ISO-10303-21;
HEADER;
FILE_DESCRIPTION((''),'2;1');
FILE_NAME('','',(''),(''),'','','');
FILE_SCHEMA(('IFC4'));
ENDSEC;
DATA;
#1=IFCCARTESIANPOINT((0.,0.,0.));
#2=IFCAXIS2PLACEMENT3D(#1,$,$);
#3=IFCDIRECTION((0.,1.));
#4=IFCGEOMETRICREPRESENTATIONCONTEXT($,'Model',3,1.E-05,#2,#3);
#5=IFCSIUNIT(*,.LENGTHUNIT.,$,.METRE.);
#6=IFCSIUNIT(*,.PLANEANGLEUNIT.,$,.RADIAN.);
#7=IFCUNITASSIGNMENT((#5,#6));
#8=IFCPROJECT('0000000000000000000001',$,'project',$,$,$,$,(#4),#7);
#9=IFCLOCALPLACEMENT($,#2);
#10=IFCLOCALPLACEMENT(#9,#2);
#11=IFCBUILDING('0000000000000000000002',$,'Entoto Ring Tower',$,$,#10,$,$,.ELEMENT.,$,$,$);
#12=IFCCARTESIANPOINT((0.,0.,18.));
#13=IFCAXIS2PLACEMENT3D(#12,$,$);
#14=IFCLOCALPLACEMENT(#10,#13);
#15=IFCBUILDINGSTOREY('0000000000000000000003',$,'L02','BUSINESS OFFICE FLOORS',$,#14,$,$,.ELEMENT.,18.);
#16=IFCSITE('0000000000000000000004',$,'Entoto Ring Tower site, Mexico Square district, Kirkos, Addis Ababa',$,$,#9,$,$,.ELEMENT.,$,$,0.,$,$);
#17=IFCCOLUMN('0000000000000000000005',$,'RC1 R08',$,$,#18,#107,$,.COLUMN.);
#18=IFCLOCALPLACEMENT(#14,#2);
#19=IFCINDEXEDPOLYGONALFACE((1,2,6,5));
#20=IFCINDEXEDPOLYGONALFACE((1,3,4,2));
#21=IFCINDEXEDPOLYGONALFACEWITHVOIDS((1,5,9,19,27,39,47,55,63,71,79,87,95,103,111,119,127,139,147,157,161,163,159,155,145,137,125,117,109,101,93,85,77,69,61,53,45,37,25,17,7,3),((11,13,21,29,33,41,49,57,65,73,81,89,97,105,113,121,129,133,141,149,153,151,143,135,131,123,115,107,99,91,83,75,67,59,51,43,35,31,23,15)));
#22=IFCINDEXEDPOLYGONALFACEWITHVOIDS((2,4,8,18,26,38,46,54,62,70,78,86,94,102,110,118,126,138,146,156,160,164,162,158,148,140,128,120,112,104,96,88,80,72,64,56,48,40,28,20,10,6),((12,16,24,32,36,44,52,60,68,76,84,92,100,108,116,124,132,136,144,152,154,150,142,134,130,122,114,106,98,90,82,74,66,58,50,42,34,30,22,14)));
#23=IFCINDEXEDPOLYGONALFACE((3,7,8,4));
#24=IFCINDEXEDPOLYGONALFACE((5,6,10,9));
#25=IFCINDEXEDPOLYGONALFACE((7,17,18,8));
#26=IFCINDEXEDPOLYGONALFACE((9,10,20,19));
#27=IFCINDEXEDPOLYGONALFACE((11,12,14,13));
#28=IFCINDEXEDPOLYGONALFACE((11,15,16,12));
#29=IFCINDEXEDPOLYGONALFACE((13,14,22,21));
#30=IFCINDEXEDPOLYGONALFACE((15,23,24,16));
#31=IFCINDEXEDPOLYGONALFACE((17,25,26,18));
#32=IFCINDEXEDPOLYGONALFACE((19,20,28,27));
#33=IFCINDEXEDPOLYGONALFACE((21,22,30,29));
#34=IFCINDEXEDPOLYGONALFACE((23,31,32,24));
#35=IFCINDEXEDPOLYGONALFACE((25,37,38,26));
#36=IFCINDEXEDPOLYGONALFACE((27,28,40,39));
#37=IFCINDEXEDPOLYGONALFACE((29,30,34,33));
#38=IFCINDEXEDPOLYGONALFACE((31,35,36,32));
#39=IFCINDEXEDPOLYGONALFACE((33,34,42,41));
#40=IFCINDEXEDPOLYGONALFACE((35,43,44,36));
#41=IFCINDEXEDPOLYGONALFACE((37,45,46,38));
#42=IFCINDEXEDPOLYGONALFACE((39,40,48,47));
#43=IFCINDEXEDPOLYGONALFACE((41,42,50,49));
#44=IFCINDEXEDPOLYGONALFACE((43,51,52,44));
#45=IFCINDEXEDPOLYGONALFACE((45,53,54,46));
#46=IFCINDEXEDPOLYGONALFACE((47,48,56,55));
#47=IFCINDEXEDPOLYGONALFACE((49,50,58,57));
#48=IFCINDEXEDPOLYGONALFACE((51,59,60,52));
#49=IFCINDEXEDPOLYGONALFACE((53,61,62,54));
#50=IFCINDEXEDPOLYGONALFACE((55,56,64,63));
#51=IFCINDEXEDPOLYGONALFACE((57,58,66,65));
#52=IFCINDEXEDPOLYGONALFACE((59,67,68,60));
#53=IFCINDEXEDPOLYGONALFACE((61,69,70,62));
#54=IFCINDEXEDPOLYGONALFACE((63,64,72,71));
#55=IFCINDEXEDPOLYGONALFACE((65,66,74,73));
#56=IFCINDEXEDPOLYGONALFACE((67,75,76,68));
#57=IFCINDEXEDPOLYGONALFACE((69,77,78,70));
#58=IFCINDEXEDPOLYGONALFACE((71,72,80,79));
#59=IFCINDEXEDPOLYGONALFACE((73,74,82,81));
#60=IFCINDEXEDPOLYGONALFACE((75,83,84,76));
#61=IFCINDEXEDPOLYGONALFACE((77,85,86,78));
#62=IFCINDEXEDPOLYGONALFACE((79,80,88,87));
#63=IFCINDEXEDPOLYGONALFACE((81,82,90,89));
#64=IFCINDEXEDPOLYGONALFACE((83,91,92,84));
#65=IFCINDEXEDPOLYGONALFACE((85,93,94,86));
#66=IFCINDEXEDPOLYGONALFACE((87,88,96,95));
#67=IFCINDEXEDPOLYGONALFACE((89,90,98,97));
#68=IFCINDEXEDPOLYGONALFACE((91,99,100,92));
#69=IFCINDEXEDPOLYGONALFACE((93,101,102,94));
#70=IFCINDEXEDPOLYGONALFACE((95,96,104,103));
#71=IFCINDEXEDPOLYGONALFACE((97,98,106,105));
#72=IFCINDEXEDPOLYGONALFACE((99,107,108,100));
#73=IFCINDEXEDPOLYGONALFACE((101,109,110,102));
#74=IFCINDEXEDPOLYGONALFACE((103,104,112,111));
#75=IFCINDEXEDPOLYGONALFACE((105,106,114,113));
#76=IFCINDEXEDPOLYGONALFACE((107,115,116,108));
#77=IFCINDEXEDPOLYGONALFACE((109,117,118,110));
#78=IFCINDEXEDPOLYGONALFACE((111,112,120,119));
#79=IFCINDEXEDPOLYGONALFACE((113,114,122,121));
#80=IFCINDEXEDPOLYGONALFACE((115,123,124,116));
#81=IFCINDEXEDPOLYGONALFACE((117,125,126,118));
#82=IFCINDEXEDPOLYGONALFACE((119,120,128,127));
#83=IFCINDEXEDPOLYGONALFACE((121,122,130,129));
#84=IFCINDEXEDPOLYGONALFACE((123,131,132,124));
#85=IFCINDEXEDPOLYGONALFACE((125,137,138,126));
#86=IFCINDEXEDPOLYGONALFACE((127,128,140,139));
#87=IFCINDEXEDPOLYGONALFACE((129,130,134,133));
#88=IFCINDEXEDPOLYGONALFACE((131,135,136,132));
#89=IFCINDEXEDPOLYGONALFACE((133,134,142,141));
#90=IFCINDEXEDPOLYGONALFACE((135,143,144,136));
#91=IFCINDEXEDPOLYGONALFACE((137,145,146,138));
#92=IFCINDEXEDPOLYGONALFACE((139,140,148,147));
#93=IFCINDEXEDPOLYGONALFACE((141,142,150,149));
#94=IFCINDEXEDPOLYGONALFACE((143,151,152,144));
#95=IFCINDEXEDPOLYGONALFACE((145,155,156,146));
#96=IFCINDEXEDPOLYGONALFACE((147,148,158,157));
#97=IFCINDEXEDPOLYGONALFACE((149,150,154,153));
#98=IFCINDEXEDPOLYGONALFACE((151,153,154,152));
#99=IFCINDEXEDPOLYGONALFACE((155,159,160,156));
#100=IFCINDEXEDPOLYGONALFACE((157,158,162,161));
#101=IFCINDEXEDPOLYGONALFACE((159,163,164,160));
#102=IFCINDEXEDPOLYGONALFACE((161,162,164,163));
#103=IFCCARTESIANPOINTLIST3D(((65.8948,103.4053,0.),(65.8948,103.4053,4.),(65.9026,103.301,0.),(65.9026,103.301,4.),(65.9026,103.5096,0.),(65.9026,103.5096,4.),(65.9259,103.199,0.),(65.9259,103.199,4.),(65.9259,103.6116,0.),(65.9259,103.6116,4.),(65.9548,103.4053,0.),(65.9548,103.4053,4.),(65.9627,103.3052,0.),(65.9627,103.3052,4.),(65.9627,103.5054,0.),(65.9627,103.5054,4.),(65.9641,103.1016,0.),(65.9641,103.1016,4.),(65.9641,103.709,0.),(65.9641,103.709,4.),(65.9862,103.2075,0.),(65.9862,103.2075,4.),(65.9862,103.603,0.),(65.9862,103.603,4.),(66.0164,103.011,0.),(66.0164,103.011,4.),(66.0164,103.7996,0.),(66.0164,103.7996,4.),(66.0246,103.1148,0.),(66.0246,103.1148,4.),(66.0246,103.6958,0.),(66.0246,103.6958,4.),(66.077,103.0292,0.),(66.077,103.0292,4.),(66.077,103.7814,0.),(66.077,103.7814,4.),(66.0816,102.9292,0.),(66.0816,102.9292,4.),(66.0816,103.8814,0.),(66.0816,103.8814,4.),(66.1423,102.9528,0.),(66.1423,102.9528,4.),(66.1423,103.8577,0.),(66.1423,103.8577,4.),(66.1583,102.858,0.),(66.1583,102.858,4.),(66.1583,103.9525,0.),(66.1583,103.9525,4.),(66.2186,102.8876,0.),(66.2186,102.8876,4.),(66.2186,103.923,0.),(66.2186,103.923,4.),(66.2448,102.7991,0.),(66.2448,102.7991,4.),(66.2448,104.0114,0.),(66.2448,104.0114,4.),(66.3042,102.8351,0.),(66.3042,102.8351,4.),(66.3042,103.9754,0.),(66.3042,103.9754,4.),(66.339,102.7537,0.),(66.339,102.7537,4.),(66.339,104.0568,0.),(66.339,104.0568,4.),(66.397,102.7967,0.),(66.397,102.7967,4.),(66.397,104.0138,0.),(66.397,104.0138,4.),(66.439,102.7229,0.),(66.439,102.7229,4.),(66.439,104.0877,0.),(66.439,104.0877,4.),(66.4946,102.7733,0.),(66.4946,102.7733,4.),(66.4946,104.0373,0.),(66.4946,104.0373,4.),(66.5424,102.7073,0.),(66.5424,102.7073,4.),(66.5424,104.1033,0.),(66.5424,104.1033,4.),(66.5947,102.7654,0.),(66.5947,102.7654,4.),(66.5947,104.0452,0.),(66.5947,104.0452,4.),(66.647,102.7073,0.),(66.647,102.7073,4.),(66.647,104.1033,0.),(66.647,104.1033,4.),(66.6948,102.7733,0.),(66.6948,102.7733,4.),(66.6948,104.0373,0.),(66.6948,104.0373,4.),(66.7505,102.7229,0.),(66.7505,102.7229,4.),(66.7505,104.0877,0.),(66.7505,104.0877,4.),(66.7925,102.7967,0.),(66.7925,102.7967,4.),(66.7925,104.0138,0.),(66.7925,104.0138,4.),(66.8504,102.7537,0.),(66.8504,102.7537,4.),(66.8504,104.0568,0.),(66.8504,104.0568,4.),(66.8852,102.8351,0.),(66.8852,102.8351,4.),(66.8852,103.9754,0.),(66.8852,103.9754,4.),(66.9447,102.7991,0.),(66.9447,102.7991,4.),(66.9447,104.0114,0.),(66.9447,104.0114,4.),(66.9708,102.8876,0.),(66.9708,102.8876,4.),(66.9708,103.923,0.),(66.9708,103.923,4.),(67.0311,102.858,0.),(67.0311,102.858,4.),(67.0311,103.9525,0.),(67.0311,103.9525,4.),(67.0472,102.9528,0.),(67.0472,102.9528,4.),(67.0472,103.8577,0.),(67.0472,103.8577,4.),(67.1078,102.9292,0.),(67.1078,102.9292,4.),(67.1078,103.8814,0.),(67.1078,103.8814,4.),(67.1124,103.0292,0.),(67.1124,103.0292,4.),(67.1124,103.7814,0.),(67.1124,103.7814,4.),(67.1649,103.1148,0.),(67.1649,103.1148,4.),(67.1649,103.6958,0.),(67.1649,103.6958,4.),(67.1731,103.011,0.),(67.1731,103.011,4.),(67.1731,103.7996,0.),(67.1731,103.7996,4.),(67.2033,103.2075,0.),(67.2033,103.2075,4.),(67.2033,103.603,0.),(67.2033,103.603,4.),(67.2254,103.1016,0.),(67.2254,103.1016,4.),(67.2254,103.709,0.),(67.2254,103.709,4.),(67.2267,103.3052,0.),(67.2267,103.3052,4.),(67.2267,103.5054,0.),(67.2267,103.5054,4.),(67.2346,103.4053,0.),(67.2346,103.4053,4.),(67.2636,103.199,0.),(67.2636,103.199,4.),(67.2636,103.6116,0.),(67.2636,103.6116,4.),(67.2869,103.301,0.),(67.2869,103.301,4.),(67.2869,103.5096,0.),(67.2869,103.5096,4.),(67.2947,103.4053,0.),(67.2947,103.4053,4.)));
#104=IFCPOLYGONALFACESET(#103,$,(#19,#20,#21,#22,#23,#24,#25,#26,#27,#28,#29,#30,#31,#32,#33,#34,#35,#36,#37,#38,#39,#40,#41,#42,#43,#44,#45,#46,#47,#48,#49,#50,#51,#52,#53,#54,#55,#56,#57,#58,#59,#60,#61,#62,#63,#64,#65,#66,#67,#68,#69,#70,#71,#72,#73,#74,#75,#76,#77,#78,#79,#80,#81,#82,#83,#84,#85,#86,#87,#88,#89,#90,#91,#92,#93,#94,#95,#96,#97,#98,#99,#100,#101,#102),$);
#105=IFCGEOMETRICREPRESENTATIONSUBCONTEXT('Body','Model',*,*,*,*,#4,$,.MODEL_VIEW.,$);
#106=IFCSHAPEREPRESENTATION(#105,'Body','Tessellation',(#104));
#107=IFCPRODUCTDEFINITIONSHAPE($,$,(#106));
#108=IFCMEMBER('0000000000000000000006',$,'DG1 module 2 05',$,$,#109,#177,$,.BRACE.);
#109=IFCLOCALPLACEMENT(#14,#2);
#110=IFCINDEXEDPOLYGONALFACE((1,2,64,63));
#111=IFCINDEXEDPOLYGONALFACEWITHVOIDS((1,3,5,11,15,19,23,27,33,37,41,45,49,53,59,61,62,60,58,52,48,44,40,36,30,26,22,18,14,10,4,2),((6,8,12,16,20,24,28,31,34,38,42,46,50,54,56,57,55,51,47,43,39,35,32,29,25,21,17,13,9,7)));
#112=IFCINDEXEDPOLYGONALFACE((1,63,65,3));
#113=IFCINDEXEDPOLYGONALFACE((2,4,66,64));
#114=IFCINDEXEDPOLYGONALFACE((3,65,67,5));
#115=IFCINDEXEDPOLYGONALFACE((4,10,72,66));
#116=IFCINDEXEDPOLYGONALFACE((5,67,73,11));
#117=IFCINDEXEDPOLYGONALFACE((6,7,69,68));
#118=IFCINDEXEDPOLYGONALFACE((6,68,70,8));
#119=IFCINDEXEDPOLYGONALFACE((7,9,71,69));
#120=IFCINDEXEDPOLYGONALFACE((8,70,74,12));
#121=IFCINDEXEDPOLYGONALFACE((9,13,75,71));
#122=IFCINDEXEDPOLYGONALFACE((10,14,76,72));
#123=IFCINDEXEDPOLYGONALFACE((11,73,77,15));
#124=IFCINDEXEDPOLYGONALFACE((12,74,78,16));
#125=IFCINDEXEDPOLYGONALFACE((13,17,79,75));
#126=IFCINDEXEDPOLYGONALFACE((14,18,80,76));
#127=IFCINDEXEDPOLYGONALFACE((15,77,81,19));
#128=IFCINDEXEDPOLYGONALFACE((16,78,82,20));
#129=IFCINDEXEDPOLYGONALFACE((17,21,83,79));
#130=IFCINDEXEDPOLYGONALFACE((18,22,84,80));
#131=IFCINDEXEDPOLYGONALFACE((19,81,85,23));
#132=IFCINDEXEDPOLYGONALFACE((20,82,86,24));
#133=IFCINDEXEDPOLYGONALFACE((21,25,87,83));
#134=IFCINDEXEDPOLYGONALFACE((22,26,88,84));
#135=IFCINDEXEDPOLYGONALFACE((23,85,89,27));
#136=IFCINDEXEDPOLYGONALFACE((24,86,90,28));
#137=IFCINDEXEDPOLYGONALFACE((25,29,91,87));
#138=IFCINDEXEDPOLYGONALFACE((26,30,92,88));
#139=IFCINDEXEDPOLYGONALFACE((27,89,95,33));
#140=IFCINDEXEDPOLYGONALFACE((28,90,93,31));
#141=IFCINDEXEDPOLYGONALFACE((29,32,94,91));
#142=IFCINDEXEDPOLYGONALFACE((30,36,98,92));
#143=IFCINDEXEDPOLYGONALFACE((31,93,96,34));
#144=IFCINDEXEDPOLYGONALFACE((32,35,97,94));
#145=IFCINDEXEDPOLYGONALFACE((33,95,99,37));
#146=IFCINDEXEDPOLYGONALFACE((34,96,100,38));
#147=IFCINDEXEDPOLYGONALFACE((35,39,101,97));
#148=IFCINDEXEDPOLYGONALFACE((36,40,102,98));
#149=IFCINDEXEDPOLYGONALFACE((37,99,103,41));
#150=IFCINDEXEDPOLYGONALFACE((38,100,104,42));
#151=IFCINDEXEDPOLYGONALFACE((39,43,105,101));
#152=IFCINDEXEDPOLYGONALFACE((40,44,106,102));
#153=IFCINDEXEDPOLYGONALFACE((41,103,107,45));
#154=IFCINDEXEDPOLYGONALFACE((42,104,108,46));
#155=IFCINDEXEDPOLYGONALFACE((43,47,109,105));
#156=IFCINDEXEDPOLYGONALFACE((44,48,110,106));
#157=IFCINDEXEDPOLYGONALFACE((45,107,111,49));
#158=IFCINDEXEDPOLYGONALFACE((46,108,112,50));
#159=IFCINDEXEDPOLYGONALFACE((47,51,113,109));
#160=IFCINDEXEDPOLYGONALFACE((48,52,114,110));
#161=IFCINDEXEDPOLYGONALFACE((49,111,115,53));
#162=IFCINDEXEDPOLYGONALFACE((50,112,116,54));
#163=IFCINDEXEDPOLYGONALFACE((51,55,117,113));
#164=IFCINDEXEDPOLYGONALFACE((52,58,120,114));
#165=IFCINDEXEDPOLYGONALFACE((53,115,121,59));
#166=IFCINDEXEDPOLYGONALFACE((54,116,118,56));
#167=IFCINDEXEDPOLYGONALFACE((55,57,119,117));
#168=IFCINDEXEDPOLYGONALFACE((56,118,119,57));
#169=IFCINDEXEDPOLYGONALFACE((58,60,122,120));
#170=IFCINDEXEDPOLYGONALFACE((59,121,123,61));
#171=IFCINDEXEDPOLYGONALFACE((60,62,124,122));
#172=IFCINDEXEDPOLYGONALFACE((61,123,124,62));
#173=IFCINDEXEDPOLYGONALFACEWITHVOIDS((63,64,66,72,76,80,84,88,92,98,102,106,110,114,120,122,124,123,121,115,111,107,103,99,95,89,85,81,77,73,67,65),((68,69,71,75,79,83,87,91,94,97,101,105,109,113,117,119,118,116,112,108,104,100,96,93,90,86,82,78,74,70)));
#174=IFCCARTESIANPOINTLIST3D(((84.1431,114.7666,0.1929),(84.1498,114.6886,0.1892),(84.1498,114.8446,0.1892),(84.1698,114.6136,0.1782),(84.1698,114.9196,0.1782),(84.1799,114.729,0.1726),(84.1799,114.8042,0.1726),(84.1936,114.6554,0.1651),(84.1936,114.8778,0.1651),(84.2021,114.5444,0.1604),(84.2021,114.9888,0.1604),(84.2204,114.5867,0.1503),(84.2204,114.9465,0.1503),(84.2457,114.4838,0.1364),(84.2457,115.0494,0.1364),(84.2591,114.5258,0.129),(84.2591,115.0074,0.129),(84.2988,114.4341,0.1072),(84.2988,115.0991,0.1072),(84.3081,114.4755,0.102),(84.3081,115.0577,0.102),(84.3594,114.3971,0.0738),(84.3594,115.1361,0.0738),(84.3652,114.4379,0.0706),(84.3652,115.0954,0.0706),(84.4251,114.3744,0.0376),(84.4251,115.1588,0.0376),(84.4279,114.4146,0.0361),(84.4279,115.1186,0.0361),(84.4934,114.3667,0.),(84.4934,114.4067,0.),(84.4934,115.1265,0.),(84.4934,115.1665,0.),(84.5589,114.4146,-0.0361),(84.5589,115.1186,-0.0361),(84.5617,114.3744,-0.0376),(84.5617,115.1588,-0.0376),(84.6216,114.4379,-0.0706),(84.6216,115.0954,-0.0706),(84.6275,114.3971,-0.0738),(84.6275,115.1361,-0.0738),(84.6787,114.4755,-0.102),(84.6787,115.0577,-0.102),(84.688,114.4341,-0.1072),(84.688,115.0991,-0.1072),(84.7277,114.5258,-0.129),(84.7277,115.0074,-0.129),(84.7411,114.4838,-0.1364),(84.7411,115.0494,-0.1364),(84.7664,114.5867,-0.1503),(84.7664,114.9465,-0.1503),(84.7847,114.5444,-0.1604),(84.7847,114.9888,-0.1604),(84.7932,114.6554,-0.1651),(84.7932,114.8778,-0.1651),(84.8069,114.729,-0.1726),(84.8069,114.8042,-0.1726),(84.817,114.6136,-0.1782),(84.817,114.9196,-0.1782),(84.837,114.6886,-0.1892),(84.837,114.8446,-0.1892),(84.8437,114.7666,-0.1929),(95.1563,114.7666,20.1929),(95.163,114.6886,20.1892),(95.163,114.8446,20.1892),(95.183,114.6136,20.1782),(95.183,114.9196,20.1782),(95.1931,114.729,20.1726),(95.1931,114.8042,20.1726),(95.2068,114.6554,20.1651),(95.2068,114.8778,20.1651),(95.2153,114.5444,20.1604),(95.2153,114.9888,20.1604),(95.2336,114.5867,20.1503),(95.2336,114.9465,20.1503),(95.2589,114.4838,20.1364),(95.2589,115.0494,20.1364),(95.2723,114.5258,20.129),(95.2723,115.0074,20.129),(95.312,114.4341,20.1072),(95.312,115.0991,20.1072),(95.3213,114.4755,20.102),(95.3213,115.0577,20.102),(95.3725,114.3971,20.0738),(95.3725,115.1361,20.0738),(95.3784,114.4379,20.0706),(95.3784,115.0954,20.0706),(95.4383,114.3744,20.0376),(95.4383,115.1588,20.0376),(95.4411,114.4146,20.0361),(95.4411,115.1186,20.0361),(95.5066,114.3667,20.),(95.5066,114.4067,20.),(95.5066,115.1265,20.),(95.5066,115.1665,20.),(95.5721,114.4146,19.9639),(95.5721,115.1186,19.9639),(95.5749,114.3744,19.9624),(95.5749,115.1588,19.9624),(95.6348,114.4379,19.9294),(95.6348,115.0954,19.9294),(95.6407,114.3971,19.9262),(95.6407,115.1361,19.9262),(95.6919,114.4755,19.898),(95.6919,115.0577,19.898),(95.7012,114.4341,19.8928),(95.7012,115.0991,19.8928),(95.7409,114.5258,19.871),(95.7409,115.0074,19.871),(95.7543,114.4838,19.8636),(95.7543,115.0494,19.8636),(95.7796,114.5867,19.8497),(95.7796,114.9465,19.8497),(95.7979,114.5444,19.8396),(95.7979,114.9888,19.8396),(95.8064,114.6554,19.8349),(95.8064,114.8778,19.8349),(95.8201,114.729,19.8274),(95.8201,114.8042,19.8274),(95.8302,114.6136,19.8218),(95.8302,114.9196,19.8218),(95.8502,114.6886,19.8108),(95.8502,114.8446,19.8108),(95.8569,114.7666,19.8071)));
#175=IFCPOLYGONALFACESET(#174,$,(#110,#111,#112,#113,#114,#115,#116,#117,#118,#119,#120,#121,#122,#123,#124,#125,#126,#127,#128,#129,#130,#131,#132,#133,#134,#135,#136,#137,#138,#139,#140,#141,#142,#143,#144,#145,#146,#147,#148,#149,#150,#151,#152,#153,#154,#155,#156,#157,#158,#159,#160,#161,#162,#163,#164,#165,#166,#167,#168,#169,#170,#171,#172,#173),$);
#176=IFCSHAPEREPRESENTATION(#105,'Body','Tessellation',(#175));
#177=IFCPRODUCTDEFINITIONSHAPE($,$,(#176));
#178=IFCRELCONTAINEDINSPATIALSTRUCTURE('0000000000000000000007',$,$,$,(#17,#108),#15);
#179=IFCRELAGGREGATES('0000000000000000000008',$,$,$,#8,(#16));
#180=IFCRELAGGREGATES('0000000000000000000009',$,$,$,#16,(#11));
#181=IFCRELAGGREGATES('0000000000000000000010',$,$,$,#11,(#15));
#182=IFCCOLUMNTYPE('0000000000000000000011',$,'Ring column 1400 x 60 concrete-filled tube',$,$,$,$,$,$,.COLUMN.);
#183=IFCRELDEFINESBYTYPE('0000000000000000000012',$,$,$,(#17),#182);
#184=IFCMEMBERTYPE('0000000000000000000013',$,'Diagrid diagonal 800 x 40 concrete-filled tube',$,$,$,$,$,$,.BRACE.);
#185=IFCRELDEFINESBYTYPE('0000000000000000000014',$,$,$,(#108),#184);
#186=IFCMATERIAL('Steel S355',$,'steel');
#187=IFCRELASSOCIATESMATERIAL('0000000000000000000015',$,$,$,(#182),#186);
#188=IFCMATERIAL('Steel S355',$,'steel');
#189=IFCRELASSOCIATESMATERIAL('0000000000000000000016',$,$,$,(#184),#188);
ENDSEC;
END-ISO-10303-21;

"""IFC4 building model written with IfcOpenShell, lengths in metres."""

from ifc_helpers import new_model, si_unit, direction, frame, origin, origin_2d, place, context, subcontext, project, spatial, circle, hollow_circle, extrude, material, material_profile, profile_set, type_object, element, save


model = new_model("IFC4")

# Units and contexts
model_context = context("Model", 3, precision=1e-05, world=origin(), true_north=direction((0.0, 1.0)))
body_context = subcontext(model_context, "Body", "Model", "MODEL_VIEW")
ifc_project = project(units=[si_unit("LENGTHUNIT", "METRE"), si_unit("PLANEANGLEUNIT", "RADIAN")], contexts=[model_context])

# Site, building, storey
site_placement = place(None, origin())
site = spatial("IfcSite", under=ifc_project, at=site_placement, Name="Entoto Ring Tower site, Mexico Square district, Kirkos, Addis Ababa", CompositionType="ELEMENT", RefElevation=0.0)
building_placement = place(site_placement, origin())
building = spatial("IfcBuilding", under=site, at=building_placement, Name="Entoto Ring Tower", CompositionType="ELEMENT")
storey_placement = place(building_placement, frame((0.0, 0.0, 18.0)))
storey = spatial("IfcBuildingStorey", under=building, at=storey_placement, Name="L02", Description="BUSINESS OFFICE FLOORS", CompositionType="ELEMENT", Elevation=18.0)

# Column
ifc_material_1 = material(Name="Steel S355", Category="steel")
ifc_material_profile_1 = material_profile(ifc_material_1, hollow_circle(Radius=0.7, WallThickness=0.0601, at=origin_2d()), Name="CHS 1400 x 60")
ifc_material_2 = material(Name="Concrete C60/75", Category="concrete")
ifc_material_profile_2 = material_profile(ifc_material_2, circle(Radius=0.6399, at=origin_2d()), Name="Concrete C60/75 infill")
ifc_profile_set_1 = profile_set([ifc_material_profile_1, ifc_material_profile_2], Name="Steel S355")
column_type = type_object("IfcColumnType", Name="Ring column 1400 x 60 concrete-filled tube", PredefinedType="COLUMN", material=ifc_profile_set_1)
for number, where, z_axis, x_axis, name in (
    (1, (66.5947, 103.4053, 0.0), (0.0, 0.0, 1.0), (1.0, 0.0, 0.0), "RC1 R08"),
):
    element("IfcColumn", number, at=place(storey_placement, frame(where, z_axis=z_axis, x_axis=x_axis)), inside=storey, type_object=column_type, Name=name, PredefinedType="COLUMN", context=body_context, shape_type="SweptSolid", body=[
        extrude(hollow_circle(Radius=0.7, WallThickness=0.0601, at=origin_2d()), origin(), (0.0, 0.0, 1.0), 4.0),
    ])

# Member
ifc_material_3 = material(Name="Steel S355", Category="steel")
ifc_material_profile_3 = material_profile(ifc_material_3, hollow_circle(Radius=0.3999, WallThickness=0.04, at=origin_2d()), Name="CHS 800 x 40")
ifc_material_4 = material(Name="Concrete C60/75", Category="concrete")
ifc_material_profile_4 = material_profile(ifc_material_4, circle(Radius=0.3601, at=origin_2d()), Name="Concrete C60/75 infill")
ifc_profile_set_2 = profile_set([ifc_material_profile_3, ifc_material_profile_4], Name="Steel S355")
member_type_1 = type_object("IfcMemberType", Name="Diagrid diagonal 800 x 40 concrete-filled tube", PredefinedType="BRACE", material=ifc_profile_set_2)
member_1_placement = place(storey_placement, frame((84.4934, 114.7666, 0.0), z_axis=(0.482362, 0.0, 0.875972), x_axis=(0.0, 1.0, 0.0)))
element("IfcMember", 2, at=member_1_placement, inside=storey, type_object=member_type_1, Name="DG1 module 2 05", PredefinedType="BRACE", context=body_context, shape_type="SweptSolid", body=[
    extrude(hollow_circle(Radius=0.3999, WallThickness=0.04, at=origin_2d()), origin(), (0.0, 0.0, 1.0), 22.8318),
])

save(model, "model.ifc")
